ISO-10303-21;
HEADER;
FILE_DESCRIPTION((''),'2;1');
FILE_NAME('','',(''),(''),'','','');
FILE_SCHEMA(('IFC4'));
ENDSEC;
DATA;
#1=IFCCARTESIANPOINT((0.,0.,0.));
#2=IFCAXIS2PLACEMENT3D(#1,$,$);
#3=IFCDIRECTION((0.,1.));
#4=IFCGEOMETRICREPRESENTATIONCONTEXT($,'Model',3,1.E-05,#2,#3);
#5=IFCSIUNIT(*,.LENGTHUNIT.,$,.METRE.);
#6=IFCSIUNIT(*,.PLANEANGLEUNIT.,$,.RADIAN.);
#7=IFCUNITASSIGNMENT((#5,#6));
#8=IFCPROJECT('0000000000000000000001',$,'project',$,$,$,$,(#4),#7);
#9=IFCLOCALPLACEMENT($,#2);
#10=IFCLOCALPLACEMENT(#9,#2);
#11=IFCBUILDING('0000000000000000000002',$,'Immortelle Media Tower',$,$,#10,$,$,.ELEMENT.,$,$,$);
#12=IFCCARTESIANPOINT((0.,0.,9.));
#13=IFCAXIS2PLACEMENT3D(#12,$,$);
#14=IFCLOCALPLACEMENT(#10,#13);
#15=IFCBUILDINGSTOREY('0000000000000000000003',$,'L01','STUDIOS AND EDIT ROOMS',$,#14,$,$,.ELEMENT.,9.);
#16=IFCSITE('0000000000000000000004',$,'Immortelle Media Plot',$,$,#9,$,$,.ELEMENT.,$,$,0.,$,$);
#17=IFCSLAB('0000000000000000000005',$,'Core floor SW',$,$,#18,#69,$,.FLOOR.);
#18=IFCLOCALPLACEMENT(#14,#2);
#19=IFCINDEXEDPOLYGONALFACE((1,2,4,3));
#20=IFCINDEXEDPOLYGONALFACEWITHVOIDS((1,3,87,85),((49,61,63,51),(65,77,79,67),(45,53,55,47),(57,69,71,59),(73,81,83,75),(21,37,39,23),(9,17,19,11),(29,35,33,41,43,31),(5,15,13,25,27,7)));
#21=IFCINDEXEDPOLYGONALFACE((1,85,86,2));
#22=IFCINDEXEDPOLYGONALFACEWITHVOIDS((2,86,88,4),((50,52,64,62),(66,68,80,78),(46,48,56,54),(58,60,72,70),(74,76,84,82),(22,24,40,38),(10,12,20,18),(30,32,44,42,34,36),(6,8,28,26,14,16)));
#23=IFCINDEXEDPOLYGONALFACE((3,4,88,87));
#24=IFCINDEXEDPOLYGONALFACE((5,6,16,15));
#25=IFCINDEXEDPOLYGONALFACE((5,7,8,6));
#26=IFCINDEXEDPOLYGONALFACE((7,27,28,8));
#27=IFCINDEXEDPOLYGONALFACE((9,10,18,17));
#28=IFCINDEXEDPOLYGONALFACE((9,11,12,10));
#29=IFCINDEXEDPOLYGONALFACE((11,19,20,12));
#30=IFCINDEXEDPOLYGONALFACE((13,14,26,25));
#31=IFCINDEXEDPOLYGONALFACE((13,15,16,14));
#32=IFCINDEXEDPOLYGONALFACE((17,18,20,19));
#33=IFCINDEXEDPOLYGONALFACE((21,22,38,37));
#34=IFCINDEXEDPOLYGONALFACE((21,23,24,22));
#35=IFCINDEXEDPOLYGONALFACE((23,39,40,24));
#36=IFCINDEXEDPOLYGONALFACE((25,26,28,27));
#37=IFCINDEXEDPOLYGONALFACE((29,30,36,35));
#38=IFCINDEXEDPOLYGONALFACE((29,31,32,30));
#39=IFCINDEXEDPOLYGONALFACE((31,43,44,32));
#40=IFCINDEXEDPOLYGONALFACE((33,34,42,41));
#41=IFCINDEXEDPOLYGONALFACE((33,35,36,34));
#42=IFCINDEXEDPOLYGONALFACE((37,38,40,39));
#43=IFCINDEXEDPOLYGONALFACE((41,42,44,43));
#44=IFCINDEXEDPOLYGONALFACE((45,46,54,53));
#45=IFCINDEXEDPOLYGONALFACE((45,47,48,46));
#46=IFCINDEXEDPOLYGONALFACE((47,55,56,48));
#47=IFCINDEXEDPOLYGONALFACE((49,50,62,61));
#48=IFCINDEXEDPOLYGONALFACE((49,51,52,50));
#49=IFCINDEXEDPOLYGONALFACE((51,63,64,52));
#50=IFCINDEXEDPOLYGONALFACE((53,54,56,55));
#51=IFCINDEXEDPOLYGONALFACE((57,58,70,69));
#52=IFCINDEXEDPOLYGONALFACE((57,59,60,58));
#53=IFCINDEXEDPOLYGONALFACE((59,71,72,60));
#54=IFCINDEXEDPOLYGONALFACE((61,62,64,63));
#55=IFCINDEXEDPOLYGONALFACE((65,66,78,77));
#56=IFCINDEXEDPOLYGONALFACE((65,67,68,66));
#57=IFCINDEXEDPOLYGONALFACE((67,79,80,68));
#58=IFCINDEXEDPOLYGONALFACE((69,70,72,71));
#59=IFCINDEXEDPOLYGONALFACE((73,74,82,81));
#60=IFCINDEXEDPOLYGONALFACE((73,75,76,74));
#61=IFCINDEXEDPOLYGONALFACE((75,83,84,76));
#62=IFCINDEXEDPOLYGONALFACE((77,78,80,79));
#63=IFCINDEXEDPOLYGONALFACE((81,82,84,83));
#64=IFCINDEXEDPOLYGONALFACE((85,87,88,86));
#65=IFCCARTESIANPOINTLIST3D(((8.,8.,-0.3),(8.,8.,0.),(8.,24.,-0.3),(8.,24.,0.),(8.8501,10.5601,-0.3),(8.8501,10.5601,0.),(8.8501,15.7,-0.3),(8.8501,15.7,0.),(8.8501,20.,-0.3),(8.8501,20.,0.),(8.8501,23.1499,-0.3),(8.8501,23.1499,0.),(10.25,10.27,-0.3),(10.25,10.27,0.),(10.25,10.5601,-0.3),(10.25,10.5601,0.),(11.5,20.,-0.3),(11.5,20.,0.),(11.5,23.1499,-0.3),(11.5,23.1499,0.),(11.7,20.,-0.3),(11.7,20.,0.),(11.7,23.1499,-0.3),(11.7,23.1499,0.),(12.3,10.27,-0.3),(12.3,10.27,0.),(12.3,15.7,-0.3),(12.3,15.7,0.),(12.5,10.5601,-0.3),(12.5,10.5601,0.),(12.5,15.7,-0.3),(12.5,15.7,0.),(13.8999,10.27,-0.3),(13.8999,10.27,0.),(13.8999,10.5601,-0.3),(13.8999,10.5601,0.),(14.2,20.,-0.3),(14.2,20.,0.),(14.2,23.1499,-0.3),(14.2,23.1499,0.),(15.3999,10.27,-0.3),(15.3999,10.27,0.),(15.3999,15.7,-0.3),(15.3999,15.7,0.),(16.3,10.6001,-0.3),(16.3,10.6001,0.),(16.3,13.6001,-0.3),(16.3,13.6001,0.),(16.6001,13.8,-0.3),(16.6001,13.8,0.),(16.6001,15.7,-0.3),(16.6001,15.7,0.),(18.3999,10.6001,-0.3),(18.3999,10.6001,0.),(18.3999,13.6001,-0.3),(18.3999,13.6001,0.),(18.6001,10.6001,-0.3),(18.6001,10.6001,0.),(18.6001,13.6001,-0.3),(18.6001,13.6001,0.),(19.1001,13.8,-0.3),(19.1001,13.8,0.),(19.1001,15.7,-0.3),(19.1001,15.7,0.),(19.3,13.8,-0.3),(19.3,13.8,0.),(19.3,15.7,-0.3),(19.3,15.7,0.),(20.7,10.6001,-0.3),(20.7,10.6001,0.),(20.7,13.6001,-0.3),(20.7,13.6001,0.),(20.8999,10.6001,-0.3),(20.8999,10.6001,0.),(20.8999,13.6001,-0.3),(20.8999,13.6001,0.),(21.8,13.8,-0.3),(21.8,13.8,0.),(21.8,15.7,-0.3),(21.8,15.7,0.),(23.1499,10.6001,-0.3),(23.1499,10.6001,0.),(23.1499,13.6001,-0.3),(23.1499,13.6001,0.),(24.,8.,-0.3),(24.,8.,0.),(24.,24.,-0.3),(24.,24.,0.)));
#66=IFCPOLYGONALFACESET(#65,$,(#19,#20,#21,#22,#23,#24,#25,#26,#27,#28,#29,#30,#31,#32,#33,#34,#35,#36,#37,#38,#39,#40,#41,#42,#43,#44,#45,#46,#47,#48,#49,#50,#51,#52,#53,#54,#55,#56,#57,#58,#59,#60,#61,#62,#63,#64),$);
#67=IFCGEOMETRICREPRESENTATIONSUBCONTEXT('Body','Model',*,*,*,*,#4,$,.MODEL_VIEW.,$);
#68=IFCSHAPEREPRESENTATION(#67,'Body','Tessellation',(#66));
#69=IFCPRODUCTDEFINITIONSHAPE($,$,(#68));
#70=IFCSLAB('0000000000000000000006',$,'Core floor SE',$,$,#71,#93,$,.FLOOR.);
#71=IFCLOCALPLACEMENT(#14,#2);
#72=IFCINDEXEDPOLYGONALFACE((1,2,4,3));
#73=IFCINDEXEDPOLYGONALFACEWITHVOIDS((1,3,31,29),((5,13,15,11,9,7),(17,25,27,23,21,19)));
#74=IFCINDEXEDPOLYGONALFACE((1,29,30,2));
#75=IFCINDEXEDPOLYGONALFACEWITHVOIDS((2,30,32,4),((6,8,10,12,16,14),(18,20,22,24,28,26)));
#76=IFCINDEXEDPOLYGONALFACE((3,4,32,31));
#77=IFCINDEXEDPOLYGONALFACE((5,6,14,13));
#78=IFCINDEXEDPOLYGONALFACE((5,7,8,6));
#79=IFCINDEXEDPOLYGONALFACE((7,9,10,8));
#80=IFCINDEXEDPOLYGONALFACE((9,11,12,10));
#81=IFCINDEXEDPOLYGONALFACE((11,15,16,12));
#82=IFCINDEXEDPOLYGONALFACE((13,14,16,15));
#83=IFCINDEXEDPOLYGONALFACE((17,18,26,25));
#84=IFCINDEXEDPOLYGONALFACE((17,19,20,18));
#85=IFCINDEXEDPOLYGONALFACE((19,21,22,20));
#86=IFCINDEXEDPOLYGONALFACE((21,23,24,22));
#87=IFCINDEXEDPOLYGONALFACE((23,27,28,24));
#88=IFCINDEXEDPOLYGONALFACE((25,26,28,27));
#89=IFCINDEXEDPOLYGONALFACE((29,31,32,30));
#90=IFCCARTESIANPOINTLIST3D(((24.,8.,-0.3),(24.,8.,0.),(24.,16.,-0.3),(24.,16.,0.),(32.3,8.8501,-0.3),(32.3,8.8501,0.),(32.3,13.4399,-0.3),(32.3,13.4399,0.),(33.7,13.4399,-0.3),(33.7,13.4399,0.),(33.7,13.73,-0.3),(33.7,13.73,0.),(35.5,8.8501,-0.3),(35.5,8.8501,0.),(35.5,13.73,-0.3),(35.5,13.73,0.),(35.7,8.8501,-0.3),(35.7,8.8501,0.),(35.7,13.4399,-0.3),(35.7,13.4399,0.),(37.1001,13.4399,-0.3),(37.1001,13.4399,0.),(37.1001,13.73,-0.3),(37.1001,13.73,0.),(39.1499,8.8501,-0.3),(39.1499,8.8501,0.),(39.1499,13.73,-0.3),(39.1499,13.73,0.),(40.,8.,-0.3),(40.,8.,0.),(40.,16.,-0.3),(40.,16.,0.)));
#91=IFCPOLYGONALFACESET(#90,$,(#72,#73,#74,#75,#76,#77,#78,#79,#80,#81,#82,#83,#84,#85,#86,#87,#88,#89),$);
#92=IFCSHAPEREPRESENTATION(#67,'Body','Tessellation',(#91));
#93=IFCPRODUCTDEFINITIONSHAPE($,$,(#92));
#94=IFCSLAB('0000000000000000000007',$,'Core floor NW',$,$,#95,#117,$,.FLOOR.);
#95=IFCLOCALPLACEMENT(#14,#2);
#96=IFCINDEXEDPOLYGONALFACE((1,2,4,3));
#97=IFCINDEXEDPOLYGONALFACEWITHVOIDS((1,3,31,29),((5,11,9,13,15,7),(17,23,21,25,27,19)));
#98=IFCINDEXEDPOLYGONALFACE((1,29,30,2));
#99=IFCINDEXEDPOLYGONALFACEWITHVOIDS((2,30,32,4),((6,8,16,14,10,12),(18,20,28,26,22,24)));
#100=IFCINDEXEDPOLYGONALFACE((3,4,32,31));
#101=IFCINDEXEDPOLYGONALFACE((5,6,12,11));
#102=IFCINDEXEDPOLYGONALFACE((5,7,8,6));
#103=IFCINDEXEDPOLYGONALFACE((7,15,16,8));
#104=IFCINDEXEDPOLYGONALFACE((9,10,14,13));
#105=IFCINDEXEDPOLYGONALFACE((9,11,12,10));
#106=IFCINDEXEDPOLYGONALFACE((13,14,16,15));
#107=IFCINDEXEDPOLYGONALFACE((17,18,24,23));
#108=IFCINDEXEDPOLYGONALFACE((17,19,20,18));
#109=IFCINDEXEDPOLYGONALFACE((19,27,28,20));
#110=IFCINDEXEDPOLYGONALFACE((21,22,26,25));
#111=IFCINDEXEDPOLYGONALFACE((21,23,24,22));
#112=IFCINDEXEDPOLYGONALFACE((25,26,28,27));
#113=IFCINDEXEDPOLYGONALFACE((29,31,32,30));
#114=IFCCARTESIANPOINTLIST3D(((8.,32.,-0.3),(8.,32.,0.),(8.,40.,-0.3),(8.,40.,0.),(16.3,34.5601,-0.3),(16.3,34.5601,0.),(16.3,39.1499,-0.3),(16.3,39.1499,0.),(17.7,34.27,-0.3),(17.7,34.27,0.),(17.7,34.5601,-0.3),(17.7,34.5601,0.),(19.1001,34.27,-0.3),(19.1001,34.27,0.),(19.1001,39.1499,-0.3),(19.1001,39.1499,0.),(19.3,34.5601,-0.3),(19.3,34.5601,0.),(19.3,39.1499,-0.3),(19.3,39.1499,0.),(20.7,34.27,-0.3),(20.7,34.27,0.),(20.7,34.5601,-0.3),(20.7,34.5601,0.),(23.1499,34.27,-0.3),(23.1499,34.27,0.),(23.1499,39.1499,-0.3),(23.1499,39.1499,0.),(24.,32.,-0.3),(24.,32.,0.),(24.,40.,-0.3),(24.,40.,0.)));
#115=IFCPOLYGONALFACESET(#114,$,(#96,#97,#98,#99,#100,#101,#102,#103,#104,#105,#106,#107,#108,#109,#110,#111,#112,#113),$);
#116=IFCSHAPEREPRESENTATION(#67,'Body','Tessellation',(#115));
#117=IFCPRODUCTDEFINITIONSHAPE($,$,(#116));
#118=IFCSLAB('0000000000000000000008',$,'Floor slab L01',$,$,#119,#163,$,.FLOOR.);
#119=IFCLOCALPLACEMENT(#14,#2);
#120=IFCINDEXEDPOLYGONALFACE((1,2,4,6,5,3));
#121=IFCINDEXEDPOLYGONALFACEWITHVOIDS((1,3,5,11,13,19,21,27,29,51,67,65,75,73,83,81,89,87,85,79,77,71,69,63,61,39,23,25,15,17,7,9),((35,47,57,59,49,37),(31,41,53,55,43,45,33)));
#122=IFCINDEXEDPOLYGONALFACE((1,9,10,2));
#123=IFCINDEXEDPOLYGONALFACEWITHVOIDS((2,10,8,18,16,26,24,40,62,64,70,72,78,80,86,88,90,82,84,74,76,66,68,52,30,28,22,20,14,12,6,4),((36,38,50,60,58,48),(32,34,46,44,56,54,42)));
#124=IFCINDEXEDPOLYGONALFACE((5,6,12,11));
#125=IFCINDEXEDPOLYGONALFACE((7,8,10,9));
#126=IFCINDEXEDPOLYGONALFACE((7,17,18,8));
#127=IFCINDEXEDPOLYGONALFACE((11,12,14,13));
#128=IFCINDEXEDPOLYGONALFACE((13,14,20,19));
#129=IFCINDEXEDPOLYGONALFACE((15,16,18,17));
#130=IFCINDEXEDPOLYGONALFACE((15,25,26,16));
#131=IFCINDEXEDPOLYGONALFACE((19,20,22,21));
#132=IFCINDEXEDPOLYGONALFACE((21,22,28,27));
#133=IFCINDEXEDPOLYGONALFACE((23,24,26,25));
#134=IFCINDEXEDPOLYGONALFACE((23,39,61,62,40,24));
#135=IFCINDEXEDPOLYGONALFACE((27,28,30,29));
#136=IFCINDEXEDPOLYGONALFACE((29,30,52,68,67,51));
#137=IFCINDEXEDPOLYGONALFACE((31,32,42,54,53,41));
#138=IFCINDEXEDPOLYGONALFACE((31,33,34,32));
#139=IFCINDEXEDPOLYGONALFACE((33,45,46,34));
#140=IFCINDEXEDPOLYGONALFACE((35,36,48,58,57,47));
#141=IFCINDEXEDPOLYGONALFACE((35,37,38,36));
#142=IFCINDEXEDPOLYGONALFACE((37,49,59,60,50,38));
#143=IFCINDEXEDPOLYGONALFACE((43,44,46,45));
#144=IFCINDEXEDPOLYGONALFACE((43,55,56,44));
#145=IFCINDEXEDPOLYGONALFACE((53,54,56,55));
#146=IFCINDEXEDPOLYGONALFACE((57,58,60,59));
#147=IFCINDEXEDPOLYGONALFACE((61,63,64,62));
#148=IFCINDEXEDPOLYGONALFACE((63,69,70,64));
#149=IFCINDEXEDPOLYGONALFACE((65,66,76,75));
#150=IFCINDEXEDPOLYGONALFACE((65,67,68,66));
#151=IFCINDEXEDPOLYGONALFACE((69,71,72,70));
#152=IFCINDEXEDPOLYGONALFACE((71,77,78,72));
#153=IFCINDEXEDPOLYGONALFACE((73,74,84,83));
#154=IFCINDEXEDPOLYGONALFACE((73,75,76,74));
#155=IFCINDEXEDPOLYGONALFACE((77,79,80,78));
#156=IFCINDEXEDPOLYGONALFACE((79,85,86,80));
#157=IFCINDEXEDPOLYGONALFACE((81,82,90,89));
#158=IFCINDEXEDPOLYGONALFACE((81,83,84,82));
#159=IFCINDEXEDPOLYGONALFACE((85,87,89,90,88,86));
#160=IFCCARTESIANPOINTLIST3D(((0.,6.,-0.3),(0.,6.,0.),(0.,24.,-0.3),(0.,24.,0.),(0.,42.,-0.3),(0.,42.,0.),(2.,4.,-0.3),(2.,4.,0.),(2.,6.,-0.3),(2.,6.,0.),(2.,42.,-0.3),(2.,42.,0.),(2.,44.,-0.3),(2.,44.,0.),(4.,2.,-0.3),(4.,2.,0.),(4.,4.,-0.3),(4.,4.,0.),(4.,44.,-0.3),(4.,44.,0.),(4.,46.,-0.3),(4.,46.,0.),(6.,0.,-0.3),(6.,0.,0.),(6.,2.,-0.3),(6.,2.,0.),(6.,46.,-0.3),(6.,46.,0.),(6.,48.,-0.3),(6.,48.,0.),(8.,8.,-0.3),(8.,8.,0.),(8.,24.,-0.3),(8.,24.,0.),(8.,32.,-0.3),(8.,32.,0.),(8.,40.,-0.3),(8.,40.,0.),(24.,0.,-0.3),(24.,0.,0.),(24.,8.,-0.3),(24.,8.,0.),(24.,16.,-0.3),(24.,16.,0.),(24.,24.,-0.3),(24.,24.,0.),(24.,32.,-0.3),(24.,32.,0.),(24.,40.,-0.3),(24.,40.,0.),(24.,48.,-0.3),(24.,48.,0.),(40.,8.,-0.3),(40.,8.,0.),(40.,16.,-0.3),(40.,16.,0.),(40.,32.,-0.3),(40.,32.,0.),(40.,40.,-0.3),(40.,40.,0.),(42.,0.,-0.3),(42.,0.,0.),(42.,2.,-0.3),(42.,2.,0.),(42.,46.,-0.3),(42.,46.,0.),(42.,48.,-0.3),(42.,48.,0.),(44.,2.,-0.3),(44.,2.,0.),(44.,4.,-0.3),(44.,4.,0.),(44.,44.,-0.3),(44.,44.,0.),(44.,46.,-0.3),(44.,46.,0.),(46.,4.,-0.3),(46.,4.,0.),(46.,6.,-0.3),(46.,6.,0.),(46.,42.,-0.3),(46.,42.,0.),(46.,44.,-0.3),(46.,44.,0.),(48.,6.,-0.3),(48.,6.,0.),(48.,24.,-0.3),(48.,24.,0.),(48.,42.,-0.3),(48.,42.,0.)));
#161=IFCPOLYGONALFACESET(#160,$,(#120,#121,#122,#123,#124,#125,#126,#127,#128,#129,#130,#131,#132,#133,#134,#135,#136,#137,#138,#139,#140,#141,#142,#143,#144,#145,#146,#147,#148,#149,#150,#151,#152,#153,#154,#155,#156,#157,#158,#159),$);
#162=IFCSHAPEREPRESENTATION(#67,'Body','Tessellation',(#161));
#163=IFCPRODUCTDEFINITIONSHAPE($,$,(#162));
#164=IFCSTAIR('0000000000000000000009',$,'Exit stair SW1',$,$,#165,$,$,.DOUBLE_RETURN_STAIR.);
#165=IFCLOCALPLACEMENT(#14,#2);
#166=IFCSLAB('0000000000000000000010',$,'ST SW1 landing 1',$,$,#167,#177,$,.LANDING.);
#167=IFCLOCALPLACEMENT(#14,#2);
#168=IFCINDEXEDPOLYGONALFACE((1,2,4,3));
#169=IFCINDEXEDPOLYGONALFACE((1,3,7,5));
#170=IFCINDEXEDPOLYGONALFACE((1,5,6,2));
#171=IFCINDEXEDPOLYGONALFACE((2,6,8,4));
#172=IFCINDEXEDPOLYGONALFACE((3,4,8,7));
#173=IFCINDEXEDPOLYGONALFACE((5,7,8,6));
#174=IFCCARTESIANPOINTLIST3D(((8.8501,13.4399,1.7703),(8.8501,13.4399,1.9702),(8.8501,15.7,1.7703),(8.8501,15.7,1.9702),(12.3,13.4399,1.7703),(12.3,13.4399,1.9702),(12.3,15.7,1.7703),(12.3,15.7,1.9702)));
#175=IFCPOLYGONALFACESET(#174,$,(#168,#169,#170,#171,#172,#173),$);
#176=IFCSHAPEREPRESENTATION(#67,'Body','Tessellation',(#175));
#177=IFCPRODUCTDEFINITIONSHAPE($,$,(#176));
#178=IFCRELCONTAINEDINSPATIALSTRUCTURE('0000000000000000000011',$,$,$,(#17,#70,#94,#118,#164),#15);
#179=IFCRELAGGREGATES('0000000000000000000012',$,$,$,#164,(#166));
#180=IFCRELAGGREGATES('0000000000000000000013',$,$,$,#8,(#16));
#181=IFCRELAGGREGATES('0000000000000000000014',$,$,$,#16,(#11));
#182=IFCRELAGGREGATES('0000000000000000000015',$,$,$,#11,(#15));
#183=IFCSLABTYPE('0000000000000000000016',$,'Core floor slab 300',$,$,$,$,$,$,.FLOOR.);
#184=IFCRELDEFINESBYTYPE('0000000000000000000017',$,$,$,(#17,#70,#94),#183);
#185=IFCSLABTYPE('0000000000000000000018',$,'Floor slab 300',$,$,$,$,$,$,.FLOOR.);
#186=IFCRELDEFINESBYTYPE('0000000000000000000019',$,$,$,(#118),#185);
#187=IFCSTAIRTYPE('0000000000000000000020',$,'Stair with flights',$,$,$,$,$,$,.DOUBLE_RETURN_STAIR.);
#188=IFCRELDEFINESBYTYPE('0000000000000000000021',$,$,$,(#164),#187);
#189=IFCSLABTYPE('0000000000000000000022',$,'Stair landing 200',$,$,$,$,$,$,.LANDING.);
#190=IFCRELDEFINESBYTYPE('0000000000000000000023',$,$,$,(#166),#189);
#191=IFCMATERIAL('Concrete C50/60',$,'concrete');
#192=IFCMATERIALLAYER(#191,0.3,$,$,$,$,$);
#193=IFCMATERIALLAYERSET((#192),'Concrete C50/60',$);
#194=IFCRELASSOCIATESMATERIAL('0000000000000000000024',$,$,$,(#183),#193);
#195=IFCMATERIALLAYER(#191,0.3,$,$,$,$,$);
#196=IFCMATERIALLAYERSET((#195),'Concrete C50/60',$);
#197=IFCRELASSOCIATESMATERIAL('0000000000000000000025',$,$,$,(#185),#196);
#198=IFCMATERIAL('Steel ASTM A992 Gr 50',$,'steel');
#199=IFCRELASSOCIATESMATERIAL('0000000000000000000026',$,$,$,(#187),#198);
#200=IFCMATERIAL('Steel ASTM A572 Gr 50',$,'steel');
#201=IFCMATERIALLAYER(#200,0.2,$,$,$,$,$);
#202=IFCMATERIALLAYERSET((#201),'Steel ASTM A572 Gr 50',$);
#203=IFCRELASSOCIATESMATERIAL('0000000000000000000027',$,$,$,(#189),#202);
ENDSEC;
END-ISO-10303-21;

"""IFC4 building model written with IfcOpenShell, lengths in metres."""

from ifc_helpers import new_model, si_unit, direction, frame, origin, place, context, subcontext, project, spatial, polyline, outline, extrude, material, layer, layer_set, type_object, element, aggregate, save


model = new_model("IFC4")

# Units and contexts
model_context = context("Model", 3, precision=1e-05, world=origin(), true_north=direction((0.0, 1.0)))
body_context = subcontext(model_context, "Body", "Model", "MODEL_VIEW")
ifc_project = project(units=[si_unit("LENGTHUNIT", "METRE"), si_unit("PLANEANGLEUNIT", "RADIAN")], contexts=[model_context])

# Site, building, storey
site_placement = place(None, origin())
site = spatial("IfcSite", under=ifc_project, at=site_placement, Name="Immortelle Media Plot", CompositionType="ELEMENT", RefElevation=0.0)
building_placement = place(site_placement, origin())
building = spatial("IfcBuilding", under=site, at=building_placement, Name="Immortelle Media Tower", CompositionType="ELEMENT")
storey_placement = place(building_placement, frame((0.0, 0.0, 9.0)))
storey = spatial("IfcBuildingStorey", under=building, at=storey_placement, Name="L01", Description="STUDIOS AND EDIT ROOMS", CompositionType="ELEMENT", Elevation=9.0)

# Slabs
ifc_material_1 = material(Name="Concrete C50/60", Category="concrete")
ifc_layer_1 = layer(ifc_material_1, 0.3)
ifc_layer_set_1 = layer_set([ifc_layer_1], Name="Concrete C50/60")
slab_type_1 = type_object("IfcSlabType", Name="Core floor slab 300", PredefinedType="FLOOR", material=ifc_layer_set_1)
slab_1_placement = place(storey_placement, frame((0.0, 0.0, -0.3)))
element("IfcSlab", 1, at=slab_1_placement, inside=storey, type_object=slab_type_1, Name="Core floor SW", PredefinedType="FLOOR", context=body_context, shape_type="SweptSolid", body=[
    extrude(outline(polyline([(8.0, 8.0), (24.0, 8.0), (24.0, 24.0), (8.0, 24.0), (8.0, 8.0)]), holes=[polyline([(8.8501, 20.0), (11.5, 20.0), (11.5, 23.1499), (8.8501, 23.1499), (8.8501, 20.0)]), polyline([(11.7, 20.0), (14.2, 20.0), (14.2, 23.1499), (11.7, 23.1499), (11.7, 20.0)]), polyline([(16.6001, 13.8), (19.1001, 13.8), (19.1001, 15.7), (16.6001, 15.7), (16.6001, 13.8)]), polyline([(19.3, 13.8), (21.8, 13.8), (21.8, 15.7), (19.3, 15.7), (19.3, 13.8)]), polyline([(16.3, 10.6001), (18.3999, 10.6001), (18.3999, 13.6001), (16.3, 13.6001), (16.3, 10.6001)]), polyline([(18.6001, 10.6001), (20.7, 10.6001), (20.7, 13.6001), (18.6001, 13.6001), (18.6001, 10.6001)]), polyline([(20.8999, 10.6001), (23.1499, 10.6001), (23.1499, 13.6001), (20.8999, 13.6001), (20.8999, 10.6001)]), polyline([(8.8501, 15.7), (12.3, 15.7), (12.3, 10.27), (10.25, 10.27), (10.25, 10.5601), (8.8501, 10.5601), (8.8501, 15.7)]), polyline([(12.5, 15.7), (15.3999, 15.7), (15.3999, 10.27), (13.8999, 10.27), (13.8999, 10.5601), (12.5, 10.5601), (12.5, 15.7)])]), origin(), (0.0, 0.0, 1.0), 0.3),
])
slab_2_placement = place(storey_placement, frame((0.0, 0.0, -0.3)))
element("IfcSlab", 2, at=slab_2_placement, inside=storey, type_object=slab_type_1, Name="Core floor SE", PredefinedType="FLOOR", context=body_context, shape_type="SweptSolid", body=[
    extrude(outline(polyline([(24.0, 8.0), (40.0, 8.0), (40.0, 16.0), (24.0, 16.0), (24.0, 8.0)]), holes=[polyline([(35.5, 13.73), (35.5, 8.8501), (32.3, 8.8501), (32.3, 13.4399), (33.7, 13.4399), (33.7, 13.73), (35.5, 13.73)]), polyline([(39.1499, 13.73), (39.1499, 8.8501), (35.7, 8.8501), (35.7, 13.4399), (37.1001, 13.4399), (37.1001, 13.73), (39.1499, 13.73)])]), origin(), (0.0, 0.0, 1.0), 0.3),
])
slab_3_placement = place(storey_placement, frame((0.0, 0.0, -0.3)))
element("IfcSlab", 3, at=slab_3_placement, inside=storey, type_object=slab_type_1, Name="Core floor NW", PredefinedType="FLOOR", context=body_context, shape_type="SweptSolid", body=[
    extrude(outline(polyline([(8.0, 32.0), (24.0, 32.0), (24.0, 40.0), (8.0, 40.0), (8.0, 32.0)]), holes=[polyline([(16.3, 39.1499), (19.1001, 39.1499), (19.1001, 34.27), (17.7, 34.27), (17.7, 34.5601), (16.3, 34.5601), (16.3, 39.1499)]), polyline([(19.3, 39.1499), (23.1499, 39.1499), (23.1499, 34.27), (20.7, 34.27), (20.7, 34.5601), (19.3, 34.5601), (19.3, 39.1499)])]), origin(), (0.0, 0.0, 1.0), 0.3),
])
ifc_layer_2 = layer(ifc_material_1, 0.3)
ifc_layer_set_2 = layer_set([ifc_layer_2], Name="Concrete C50/60")
slab_type_2 = type_object("IfcSlabType", Name="Floor slab 300", PredefinedType="FLOOR", material=ifc_layer_set_2)
slab_4_placement = place(storey_placement, frame((0.0, 0.0, -0.3)))
element("IfcSlab", 4, at=slab_4_placement, inside=storey, type_object=slab_type_2, Name="Floor slab L01", PredefinedType="FLOOR", context=body_context, shape_type="SweptSolid", body=[
    extrude(outline(polyline([(0.0, 42.0), (2.0, 42.0), (2.0, 44.0), (4.0, 44.0), (4.0, 46.0), (6.0, 46.0), (6.0, 48.0), (24.0, 48.0), (42.0, 48.0), (42.0, 46.0), (44.0, 46.0), (44.0, 44.0), (46.0, 44.0), (46.0, 42.0), (48.0, 42.0), (48.0, 24.0), (48.0, 6.0), (46.0, 6.0), (46.0, 4.0), (44.0, 4.0), (44.0, 2.0), (42.0, 2.0), (42.0, 0.0), (24.0, 0.0), (6.0, 0.0), (6.0, 2.0), (4.0, 2.0), (4.0, 4.0), (2.0, 4.0), (2.0, 6.0), (0.0, 6.0), (0.0, 24.0), (0.0, 42.0)]), holes=[polyline([(40.0, 16.0), (24.0, 16.0), (24.0, 24.0), (8.0, 24.0), (8.0, 8.0), (24.0, 8.0), (40.0, 8.0), (40.0, 16.0)]), polyline([(8.0, 32.0), (24.0, 32.0), (40.0, 32.0), (40.0, 40.0), (24.0, 40.0), (8.0, 40.0), (8.0, 32.0)])]), origin(), (0.0, 0.0, 1.0), 0.3),
])

# Stair, slab
ifc_material_2 = material(Name="Steel ASTM A992 Gr 50", Category="steel")
stair_type = type_object("IfcStairType", Name="Stair with flights", PredefinedType="DOUBLE_RETURN_STAIR", material=ifc_material_2)
stair_1_placement = place(storey_placement, origin())
stair_1 = element("IfcStair", 5, at=stair_1_placement, inside=storey, type_object=stair_type, Name="Exit stair SW1", PredefinedType="DOUBLE_RETURN_STAIR")
ifc_material_3 = material(Name="Steel ASTM A572 Gr 50", Category="steel")
ifc_layer_3 = layer(ifc_material_3, 0.2)
ifc_layer_set_3 = layer_set([ifc_layer_3], Name="Steel ASTM A572 Gr 50")
slab_type_3 = type_object("IfcSlabType", Name="Stair landing 200", PredefinedType="LANDING", material=ifc_layer_set_3)
slab_5_placement = place(storey_placement, frame((0.0, 0.0, 1.7703)))
slab_5 = element("IfcSlab", 6, at=slab_5_placement, type_object=slab_type_3, Name="ST SW1 landing 1", PredefinedType="LANDING", context=body_context, shape_type="SweptSolid", body=[
    extrude(outline(polyline([(8.8501, 13.4399), (12.3, 13.4399), (12.3, 15.7), (8.8501, 15.7), (8.8501, 13.4399)])), origin(), (0.0, 0.0, 1.0), 0.2),
])
aggregate(stair_1, [slab_5])

save(model, "model.ifc")
